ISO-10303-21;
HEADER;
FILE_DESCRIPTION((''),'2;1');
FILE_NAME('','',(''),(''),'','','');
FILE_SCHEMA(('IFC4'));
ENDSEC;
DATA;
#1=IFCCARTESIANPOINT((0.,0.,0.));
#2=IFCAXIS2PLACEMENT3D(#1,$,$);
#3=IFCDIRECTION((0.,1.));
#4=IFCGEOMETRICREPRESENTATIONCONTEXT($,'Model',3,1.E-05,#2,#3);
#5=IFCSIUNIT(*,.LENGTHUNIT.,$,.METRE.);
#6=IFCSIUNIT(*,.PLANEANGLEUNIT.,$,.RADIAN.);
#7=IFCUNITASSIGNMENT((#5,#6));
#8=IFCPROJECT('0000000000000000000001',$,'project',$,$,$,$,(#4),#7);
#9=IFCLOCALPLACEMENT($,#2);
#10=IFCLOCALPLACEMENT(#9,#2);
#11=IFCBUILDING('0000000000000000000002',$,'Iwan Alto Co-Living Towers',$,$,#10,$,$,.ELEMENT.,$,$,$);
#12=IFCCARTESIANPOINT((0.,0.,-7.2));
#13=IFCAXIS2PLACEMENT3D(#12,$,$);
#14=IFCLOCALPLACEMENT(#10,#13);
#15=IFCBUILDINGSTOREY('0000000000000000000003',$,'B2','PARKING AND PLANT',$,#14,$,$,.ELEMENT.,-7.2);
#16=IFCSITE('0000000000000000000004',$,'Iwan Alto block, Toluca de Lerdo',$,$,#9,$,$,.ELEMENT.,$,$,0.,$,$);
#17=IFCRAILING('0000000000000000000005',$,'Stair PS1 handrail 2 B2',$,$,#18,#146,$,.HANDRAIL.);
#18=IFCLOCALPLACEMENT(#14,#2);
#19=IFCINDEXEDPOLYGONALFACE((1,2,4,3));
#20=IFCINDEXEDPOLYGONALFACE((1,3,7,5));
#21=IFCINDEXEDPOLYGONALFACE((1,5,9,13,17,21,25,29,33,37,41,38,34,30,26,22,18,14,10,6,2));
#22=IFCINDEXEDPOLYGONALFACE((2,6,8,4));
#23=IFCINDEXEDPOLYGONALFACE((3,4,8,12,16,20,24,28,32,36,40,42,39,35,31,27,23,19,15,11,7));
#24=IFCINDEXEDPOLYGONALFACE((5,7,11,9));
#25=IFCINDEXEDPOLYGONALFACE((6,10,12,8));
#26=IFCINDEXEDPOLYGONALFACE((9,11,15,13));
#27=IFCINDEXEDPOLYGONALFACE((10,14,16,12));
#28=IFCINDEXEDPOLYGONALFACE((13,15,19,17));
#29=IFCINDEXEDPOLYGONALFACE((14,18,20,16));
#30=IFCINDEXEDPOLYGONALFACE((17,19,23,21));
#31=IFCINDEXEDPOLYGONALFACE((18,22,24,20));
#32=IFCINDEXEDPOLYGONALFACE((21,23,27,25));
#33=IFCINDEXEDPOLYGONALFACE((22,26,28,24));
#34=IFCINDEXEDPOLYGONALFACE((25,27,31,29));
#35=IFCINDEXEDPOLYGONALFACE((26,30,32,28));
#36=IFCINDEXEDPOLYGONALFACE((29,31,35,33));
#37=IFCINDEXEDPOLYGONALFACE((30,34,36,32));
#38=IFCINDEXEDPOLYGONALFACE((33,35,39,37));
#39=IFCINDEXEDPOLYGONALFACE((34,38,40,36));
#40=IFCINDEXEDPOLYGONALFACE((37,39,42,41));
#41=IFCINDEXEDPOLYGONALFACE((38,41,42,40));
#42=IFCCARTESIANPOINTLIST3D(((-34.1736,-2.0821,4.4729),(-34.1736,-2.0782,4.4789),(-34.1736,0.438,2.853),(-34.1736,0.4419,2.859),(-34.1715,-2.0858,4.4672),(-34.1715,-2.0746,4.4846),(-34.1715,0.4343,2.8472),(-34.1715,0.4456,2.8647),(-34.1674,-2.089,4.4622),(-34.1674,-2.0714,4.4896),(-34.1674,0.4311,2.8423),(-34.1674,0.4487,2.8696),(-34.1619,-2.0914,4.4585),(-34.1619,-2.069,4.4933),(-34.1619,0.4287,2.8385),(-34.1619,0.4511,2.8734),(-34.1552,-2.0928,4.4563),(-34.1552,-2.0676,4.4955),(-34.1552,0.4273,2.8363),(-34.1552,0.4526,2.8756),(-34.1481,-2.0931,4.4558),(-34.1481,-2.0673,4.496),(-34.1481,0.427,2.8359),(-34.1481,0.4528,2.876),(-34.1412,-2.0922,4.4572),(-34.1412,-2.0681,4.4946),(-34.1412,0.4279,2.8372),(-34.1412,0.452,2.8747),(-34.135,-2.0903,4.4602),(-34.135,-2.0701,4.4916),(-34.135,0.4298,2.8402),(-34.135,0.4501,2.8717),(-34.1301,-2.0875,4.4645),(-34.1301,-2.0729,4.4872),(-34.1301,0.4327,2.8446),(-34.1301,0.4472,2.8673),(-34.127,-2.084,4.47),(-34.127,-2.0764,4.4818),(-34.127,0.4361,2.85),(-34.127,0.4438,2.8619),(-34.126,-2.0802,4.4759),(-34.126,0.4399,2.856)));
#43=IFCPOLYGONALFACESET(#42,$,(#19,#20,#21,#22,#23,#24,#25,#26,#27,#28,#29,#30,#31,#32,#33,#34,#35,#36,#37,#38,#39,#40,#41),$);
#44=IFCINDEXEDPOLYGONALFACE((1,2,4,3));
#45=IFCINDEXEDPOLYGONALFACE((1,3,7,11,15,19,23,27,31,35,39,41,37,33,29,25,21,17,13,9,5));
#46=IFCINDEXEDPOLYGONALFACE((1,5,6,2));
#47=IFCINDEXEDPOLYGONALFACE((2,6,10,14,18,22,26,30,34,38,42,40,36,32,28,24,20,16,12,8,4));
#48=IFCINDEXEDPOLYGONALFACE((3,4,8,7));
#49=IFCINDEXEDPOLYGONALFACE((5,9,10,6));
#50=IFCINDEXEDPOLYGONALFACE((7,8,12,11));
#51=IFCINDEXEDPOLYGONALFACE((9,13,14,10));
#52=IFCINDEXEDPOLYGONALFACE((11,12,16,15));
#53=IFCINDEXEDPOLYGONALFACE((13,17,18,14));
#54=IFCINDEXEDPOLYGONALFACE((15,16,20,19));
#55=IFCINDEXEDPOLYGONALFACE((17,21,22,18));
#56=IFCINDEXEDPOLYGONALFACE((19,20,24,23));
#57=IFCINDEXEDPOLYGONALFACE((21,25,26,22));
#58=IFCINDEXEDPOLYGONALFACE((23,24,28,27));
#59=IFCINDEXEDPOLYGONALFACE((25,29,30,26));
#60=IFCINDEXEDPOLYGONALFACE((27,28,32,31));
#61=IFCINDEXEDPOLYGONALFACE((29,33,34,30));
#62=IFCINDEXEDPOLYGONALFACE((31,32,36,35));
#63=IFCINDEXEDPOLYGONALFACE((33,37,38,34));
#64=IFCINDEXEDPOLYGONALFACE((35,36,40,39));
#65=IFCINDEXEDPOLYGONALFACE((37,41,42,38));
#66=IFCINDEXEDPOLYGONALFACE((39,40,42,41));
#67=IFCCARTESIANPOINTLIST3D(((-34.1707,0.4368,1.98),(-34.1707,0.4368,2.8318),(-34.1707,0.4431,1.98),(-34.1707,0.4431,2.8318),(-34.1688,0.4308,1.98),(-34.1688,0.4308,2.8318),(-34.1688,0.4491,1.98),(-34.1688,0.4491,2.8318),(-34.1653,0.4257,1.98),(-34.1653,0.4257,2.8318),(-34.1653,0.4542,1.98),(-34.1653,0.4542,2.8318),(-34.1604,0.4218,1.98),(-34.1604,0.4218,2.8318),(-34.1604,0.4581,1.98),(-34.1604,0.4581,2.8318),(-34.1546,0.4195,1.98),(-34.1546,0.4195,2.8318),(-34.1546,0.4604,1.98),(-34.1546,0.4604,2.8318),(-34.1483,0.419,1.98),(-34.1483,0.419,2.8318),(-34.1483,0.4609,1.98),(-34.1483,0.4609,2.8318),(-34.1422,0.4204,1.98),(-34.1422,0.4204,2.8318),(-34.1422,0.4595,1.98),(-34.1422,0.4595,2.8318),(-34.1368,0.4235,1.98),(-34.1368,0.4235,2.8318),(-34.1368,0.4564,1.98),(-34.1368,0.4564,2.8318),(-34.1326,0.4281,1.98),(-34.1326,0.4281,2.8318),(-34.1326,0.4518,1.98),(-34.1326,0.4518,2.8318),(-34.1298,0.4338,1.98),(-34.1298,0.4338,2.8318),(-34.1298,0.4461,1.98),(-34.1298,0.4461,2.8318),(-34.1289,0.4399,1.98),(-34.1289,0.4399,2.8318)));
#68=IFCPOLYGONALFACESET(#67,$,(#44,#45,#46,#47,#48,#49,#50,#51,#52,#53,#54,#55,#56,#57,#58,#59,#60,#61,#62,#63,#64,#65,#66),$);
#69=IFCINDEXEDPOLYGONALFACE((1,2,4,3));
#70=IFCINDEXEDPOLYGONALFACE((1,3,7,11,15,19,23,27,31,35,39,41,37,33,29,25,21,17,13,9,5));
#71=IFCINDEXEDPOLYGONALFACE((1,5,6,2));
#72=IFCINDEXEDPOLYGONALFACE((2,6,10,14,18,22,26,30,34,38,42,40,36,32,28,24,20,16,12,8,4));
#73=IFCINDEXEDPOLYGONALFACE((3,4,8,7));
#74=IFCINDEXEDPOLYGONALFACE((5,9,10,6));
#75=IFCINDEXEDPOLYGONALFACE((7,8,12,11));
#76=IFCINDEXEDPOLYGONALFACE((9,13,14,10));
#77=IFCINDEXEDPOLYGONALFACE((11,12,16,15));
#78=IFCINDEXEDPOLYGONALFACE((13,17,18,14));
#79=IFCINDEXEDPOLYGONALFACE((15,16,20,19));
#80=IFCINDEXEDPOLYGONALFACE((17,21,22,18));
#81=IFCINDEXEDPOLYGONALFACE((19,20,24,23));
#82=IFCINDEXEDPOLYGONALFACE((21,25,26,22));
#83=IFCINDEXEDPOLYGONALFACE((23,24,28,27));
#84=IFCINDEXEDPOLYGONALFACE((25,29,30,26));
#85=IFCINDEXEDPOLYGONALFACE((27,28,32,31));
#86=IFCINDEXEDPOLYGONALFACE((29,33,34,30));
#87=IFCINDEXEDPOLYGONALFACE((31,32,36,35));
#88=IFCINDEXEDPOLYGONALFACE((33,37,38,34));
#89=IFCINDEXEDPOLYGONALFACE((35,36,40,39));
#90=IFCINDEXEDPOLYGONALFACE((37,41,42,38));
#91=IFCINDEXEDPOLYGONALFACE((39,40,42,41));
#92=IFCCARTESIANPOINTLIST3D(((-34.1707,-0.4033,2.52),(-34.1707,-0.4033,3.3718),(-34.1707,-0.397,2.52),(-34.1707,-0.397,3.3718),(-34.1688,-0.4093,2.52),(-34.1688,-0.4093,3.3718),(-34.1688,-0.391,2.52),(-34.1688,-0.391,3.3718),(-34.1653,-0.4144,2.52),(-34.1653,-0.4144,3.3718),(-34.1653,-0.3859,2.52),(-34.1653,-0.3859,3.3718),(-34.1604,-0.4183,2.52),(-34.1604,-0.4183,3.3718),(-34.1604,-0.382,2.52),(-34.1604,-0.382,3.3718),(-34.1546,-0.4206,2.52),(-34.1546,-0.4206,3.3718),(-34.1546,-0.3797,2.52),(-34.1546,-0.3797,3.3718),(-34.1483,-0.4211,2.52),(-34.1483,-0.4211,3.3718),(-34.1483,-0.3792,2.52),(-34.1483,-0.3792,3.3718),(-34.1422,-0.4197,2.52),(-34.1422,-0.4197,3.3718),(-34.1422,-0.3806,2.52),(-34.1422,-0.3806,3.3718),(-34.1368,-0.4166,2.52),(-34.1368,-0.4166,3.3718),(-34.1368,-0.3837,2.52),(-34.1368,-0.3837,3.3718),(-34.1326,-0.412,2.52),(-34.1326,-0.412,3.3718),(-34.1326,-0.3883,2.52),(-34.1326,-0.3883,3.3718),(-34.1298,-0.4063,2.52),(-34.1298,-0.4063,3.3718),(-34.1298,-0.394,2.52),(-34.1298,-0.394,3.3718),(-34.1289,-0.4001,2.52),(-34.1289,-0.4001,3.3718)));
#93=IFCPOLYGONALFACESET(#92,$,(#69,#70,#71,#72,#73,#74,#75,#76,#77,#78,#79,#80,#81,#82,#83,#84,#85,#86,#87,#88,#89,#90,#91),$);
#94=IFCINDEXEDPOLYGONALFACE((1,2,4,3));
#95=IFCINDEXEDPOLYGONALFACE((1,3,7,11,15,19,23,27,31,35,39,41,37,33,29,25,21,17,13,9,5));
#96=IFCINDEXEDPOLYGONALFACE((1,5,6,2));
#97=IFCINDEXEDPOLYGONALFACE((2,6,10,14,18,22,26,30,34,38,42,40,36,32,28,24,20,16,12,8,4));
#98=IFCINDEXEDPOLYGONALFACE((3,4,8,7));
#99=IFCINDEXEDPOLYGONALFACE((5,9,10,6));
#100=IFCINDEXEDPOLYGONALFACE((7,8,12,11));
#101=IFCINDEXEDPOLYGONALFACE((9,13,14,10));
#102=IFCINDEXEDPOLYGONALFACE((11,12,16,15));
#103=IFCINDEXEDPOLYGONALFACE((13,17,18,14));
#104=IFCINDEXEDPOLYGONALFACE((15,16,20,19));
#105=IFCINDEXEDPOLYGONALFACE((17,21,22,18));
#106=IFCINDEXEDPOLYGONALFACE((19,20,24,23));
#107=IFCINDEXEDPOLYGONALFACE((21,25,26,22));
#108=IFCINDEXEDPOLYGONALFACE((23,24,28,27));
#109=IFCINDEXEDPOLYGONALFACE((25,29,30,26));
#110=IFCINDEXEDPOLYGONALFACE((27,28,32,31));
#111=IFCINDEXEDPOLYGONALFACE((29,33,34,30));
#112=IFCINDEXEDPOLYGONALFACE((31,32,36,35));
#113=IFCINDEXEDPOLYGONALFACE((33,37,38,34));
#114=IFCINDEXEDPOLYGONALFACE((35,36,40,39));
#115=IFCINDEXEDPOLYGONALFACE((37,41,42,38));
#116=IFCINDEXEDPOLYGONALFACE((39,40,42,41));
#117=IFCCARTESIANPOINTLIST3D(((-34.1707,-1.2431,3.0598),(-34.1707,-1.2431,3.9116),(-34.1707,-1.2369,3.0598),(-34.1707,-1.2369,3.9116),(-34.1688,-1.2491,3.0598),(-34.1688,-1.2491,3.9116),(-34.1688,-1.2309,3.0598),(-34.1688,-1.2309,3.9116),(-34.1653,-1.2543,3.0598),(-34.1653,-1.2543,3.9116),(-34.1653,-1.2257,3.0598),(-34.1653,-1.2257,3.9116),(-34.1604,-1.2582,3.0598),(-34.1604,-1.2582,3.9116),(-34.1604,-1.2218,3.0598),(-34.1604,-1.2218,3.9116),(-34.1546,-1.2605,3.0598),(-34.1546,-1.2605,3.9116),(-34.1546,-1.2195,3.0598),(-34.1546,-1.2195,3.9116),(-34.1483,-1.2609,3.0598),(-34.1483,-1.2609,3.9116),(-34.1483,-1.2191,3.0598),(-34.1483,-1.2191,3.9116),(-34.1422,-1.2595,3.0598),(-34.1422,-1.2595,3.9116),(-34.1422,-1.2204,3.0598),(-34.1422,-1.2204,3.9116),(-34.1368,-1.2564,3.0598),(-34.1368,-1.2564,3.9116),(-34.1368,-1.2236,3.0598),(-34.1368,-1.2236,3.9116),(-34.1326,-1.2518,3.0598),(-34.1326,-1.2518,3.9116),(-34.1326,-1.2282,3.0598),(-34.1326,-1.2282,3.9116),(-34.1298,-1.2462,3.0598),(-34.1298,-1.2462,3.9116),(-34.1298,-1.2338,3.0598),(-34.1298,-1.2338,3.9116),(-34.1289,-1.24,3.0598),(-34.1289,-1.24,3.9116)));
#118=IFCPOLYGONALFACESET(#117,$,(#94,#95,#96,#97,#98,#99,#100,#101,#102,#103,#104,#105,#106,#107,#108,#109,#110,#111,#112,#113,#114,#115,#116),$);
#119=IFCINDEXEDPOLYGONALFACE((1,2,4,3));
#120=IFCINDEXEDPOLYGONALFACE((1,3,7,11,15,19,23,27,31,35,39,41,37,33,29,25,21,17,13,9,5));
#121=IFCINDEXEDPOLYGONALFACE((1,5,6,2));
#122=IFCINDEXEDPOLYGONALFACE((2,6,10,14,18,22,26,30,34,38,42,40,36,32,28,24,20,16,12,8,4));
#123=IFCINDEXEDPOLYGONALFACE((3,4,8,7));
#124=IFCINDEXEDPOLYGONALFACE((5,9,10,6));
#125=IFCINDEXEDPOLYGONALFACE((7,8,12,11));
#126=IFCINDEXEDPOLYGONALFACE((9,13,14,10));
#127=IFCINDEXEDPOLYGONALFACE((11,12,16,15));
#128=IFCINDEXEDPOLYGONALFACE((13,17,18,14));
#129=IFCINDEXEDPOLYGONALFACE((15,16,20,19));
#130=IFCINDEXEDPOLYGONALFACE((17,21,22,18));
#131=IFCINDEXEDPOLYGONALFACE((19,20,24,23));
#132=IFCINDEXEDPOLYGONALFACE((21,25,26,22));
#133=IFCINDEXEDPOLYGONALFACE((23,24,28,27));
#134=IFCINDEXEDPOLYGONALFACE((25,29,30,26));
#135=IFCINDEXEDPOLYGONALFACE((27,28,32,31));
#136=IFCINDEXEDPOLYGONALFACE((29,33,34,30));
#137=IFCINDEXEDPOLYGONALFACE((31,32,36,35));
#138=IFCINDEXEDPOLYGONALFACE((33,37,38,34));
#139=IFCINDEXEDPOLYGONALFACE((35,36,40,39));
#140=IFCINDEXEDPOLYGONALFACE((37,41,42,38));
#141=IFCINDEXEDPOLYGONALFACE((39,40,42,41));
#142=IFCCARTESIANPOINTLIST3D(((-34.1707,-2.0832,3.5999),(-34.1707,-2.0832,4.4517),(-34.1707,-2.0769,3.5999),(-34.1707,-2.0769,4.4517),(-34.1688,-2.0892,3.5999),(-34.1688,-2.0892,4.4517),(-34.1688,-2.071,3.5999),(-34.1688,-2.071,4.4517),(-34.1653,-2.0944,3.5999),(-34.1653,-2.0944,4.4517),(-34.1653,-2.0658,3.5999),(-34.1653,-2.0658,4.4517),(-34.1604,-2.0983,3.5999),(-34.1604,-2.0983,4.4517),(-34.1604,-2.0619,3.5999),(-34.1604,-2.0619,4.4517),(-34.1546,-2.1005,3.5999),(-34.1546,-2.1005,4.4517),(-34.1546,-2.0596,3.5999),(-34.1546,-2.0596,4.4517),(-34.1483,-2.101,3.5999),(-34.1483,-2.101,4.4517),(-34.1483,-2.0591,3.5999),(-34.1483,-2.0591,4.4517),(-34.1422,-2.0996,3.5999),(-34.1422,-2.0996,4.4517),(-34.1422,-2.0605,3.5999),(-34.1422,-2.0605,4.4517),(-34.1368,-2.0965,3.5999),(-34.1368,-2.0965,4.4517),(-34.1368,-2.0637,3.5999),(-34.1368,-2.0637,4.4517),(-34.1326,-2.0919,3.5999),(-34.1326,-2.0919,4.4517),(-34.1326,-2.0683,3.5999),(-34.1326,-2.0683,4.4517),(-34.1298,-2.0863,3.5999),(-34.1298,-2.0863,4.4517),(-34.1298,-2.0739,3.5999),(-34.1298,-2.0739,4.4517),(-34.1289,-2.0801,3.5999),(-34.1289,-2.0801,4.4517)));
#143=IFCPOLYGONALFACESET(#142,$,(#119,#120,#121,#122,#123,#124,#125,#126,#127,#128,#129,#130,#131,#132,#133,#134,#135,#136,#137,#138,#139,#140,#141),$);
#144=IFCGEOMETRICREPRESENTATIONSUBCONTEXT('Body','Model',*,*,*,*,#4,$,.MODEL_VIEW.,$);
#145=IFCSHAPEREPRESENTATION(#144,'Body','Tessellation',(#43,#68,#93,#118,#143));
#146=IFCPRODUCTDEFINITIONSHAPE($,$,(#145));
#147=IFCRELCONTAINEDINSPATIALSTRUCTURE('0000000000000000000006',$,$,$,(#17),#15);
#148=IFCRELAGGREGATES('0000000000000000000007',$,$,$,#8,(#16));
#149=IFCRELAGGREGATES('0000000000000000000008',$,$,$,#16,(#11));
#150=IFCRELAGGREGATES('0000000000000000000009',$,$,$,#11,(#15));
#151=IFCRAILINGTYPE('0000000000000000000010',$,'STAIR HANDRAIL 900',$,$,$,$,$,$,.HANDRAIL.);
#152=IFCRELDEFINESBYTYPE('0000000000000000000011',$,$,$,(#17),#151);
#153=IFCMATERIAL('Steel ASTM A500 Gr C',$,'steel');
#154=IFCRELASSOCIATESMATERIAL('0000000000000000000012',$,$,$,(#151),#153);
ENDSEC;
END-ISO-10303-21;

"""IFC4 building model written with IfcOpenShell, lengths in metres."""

from ifc_helpers import new_model, si_unit, direction, frame, origin, origin_2d, place, context, subcontext, project, spatial, circle, extrude, material, type_object, element, save


model = new_model("IFC4")

# Units and contexts
model_context = context("Model", 3, precision=1e-05, world=origin(), true_north=direction((0.0, 1.0)))
body_context = subcontext(model_context, "Body", "Model", "MODEL_VIEW")
ifc_project = project(units=[si_unit("LENGTHUNIT", "METRE"), si_unit("PLANEANGLEUNIT", "RADIAN")], contexts=[model_context])

# Site, building, storey
site_placement = place(None, origin())
site = spatial("IfcSite", under=ifc_project, at=site_placement, Name="Iwan Alto block, Toluca de Lerdo", CompositionType="ELEMENT", RefElevation=0.0)
building_placement = place(site_placement, origin())
building = spatial("IfcBuilding", under=site, at=building_placement, Name="Iwan Alto Co-Living Towers", CompositionType="ELEMENT")
storey_placement = place(building_placement, frame((0.0, 0.0, -7.2)))
storey = spatial("IfcBuildingStorey", under=building, at=storey_placement, Name="B2", Description="PARKING AND PLANT", CompositionType="ELEMENT", Elevation=-7.2)

# Railing
ifc_material_1 = material(Name="Steel ASTM A500 Gr C", Category="steel")
railing_type_1 = type_object("IfcRailingType", Name="STAIR HANDRAIL 900", PredefinedType="HANDRAIL", material=ifc_material_1)
railing_1_placement = place(storey_placement, frame((-34.1499, 0.4399, 1.98)))
element("IfcRailing", 1, at=railing_1_placement, inside=storey, type_object=railing_type_1, Name="Stair PS1 handrail 2 B2", PredefinedType="HANDRAIL", context=body_context, shape_type="SweptSolid", body=[
    extrude(circle(Radius=0.0239, at=origin_2d()), frame((0.0, 0.0, 0.876), z_axis=(0.0, -0.8412, 0.540725), x_axis=(1.0, 0.0, 0.0)), (0.0, 0.0, 1.0), 2.9958),
    extrude(circle(Radius=0.021, at=origin_2d()), origin(), (0.0, 0.0, 1.0), 0.8518),
    extrude(circle(Radius=0.021, at=origin_2d()), frame((0.0, -0.8401, 0.54)), (0.0, 0.0, 1.0), 0.8518),
    extrude(circle(Radius=0.021, at=origin_2d()), frame((0.0, -1.6799, 1.0798)), (0.0, 0.0, 1.0), 0.8518),
    extrude(circle(Radius=0.021, at=origin_2d()), frame((0.0, -2.52, 1.6199)), (0.0, 0.0, 1.0), 0.8518),
])

save(model, "model.ifc")
